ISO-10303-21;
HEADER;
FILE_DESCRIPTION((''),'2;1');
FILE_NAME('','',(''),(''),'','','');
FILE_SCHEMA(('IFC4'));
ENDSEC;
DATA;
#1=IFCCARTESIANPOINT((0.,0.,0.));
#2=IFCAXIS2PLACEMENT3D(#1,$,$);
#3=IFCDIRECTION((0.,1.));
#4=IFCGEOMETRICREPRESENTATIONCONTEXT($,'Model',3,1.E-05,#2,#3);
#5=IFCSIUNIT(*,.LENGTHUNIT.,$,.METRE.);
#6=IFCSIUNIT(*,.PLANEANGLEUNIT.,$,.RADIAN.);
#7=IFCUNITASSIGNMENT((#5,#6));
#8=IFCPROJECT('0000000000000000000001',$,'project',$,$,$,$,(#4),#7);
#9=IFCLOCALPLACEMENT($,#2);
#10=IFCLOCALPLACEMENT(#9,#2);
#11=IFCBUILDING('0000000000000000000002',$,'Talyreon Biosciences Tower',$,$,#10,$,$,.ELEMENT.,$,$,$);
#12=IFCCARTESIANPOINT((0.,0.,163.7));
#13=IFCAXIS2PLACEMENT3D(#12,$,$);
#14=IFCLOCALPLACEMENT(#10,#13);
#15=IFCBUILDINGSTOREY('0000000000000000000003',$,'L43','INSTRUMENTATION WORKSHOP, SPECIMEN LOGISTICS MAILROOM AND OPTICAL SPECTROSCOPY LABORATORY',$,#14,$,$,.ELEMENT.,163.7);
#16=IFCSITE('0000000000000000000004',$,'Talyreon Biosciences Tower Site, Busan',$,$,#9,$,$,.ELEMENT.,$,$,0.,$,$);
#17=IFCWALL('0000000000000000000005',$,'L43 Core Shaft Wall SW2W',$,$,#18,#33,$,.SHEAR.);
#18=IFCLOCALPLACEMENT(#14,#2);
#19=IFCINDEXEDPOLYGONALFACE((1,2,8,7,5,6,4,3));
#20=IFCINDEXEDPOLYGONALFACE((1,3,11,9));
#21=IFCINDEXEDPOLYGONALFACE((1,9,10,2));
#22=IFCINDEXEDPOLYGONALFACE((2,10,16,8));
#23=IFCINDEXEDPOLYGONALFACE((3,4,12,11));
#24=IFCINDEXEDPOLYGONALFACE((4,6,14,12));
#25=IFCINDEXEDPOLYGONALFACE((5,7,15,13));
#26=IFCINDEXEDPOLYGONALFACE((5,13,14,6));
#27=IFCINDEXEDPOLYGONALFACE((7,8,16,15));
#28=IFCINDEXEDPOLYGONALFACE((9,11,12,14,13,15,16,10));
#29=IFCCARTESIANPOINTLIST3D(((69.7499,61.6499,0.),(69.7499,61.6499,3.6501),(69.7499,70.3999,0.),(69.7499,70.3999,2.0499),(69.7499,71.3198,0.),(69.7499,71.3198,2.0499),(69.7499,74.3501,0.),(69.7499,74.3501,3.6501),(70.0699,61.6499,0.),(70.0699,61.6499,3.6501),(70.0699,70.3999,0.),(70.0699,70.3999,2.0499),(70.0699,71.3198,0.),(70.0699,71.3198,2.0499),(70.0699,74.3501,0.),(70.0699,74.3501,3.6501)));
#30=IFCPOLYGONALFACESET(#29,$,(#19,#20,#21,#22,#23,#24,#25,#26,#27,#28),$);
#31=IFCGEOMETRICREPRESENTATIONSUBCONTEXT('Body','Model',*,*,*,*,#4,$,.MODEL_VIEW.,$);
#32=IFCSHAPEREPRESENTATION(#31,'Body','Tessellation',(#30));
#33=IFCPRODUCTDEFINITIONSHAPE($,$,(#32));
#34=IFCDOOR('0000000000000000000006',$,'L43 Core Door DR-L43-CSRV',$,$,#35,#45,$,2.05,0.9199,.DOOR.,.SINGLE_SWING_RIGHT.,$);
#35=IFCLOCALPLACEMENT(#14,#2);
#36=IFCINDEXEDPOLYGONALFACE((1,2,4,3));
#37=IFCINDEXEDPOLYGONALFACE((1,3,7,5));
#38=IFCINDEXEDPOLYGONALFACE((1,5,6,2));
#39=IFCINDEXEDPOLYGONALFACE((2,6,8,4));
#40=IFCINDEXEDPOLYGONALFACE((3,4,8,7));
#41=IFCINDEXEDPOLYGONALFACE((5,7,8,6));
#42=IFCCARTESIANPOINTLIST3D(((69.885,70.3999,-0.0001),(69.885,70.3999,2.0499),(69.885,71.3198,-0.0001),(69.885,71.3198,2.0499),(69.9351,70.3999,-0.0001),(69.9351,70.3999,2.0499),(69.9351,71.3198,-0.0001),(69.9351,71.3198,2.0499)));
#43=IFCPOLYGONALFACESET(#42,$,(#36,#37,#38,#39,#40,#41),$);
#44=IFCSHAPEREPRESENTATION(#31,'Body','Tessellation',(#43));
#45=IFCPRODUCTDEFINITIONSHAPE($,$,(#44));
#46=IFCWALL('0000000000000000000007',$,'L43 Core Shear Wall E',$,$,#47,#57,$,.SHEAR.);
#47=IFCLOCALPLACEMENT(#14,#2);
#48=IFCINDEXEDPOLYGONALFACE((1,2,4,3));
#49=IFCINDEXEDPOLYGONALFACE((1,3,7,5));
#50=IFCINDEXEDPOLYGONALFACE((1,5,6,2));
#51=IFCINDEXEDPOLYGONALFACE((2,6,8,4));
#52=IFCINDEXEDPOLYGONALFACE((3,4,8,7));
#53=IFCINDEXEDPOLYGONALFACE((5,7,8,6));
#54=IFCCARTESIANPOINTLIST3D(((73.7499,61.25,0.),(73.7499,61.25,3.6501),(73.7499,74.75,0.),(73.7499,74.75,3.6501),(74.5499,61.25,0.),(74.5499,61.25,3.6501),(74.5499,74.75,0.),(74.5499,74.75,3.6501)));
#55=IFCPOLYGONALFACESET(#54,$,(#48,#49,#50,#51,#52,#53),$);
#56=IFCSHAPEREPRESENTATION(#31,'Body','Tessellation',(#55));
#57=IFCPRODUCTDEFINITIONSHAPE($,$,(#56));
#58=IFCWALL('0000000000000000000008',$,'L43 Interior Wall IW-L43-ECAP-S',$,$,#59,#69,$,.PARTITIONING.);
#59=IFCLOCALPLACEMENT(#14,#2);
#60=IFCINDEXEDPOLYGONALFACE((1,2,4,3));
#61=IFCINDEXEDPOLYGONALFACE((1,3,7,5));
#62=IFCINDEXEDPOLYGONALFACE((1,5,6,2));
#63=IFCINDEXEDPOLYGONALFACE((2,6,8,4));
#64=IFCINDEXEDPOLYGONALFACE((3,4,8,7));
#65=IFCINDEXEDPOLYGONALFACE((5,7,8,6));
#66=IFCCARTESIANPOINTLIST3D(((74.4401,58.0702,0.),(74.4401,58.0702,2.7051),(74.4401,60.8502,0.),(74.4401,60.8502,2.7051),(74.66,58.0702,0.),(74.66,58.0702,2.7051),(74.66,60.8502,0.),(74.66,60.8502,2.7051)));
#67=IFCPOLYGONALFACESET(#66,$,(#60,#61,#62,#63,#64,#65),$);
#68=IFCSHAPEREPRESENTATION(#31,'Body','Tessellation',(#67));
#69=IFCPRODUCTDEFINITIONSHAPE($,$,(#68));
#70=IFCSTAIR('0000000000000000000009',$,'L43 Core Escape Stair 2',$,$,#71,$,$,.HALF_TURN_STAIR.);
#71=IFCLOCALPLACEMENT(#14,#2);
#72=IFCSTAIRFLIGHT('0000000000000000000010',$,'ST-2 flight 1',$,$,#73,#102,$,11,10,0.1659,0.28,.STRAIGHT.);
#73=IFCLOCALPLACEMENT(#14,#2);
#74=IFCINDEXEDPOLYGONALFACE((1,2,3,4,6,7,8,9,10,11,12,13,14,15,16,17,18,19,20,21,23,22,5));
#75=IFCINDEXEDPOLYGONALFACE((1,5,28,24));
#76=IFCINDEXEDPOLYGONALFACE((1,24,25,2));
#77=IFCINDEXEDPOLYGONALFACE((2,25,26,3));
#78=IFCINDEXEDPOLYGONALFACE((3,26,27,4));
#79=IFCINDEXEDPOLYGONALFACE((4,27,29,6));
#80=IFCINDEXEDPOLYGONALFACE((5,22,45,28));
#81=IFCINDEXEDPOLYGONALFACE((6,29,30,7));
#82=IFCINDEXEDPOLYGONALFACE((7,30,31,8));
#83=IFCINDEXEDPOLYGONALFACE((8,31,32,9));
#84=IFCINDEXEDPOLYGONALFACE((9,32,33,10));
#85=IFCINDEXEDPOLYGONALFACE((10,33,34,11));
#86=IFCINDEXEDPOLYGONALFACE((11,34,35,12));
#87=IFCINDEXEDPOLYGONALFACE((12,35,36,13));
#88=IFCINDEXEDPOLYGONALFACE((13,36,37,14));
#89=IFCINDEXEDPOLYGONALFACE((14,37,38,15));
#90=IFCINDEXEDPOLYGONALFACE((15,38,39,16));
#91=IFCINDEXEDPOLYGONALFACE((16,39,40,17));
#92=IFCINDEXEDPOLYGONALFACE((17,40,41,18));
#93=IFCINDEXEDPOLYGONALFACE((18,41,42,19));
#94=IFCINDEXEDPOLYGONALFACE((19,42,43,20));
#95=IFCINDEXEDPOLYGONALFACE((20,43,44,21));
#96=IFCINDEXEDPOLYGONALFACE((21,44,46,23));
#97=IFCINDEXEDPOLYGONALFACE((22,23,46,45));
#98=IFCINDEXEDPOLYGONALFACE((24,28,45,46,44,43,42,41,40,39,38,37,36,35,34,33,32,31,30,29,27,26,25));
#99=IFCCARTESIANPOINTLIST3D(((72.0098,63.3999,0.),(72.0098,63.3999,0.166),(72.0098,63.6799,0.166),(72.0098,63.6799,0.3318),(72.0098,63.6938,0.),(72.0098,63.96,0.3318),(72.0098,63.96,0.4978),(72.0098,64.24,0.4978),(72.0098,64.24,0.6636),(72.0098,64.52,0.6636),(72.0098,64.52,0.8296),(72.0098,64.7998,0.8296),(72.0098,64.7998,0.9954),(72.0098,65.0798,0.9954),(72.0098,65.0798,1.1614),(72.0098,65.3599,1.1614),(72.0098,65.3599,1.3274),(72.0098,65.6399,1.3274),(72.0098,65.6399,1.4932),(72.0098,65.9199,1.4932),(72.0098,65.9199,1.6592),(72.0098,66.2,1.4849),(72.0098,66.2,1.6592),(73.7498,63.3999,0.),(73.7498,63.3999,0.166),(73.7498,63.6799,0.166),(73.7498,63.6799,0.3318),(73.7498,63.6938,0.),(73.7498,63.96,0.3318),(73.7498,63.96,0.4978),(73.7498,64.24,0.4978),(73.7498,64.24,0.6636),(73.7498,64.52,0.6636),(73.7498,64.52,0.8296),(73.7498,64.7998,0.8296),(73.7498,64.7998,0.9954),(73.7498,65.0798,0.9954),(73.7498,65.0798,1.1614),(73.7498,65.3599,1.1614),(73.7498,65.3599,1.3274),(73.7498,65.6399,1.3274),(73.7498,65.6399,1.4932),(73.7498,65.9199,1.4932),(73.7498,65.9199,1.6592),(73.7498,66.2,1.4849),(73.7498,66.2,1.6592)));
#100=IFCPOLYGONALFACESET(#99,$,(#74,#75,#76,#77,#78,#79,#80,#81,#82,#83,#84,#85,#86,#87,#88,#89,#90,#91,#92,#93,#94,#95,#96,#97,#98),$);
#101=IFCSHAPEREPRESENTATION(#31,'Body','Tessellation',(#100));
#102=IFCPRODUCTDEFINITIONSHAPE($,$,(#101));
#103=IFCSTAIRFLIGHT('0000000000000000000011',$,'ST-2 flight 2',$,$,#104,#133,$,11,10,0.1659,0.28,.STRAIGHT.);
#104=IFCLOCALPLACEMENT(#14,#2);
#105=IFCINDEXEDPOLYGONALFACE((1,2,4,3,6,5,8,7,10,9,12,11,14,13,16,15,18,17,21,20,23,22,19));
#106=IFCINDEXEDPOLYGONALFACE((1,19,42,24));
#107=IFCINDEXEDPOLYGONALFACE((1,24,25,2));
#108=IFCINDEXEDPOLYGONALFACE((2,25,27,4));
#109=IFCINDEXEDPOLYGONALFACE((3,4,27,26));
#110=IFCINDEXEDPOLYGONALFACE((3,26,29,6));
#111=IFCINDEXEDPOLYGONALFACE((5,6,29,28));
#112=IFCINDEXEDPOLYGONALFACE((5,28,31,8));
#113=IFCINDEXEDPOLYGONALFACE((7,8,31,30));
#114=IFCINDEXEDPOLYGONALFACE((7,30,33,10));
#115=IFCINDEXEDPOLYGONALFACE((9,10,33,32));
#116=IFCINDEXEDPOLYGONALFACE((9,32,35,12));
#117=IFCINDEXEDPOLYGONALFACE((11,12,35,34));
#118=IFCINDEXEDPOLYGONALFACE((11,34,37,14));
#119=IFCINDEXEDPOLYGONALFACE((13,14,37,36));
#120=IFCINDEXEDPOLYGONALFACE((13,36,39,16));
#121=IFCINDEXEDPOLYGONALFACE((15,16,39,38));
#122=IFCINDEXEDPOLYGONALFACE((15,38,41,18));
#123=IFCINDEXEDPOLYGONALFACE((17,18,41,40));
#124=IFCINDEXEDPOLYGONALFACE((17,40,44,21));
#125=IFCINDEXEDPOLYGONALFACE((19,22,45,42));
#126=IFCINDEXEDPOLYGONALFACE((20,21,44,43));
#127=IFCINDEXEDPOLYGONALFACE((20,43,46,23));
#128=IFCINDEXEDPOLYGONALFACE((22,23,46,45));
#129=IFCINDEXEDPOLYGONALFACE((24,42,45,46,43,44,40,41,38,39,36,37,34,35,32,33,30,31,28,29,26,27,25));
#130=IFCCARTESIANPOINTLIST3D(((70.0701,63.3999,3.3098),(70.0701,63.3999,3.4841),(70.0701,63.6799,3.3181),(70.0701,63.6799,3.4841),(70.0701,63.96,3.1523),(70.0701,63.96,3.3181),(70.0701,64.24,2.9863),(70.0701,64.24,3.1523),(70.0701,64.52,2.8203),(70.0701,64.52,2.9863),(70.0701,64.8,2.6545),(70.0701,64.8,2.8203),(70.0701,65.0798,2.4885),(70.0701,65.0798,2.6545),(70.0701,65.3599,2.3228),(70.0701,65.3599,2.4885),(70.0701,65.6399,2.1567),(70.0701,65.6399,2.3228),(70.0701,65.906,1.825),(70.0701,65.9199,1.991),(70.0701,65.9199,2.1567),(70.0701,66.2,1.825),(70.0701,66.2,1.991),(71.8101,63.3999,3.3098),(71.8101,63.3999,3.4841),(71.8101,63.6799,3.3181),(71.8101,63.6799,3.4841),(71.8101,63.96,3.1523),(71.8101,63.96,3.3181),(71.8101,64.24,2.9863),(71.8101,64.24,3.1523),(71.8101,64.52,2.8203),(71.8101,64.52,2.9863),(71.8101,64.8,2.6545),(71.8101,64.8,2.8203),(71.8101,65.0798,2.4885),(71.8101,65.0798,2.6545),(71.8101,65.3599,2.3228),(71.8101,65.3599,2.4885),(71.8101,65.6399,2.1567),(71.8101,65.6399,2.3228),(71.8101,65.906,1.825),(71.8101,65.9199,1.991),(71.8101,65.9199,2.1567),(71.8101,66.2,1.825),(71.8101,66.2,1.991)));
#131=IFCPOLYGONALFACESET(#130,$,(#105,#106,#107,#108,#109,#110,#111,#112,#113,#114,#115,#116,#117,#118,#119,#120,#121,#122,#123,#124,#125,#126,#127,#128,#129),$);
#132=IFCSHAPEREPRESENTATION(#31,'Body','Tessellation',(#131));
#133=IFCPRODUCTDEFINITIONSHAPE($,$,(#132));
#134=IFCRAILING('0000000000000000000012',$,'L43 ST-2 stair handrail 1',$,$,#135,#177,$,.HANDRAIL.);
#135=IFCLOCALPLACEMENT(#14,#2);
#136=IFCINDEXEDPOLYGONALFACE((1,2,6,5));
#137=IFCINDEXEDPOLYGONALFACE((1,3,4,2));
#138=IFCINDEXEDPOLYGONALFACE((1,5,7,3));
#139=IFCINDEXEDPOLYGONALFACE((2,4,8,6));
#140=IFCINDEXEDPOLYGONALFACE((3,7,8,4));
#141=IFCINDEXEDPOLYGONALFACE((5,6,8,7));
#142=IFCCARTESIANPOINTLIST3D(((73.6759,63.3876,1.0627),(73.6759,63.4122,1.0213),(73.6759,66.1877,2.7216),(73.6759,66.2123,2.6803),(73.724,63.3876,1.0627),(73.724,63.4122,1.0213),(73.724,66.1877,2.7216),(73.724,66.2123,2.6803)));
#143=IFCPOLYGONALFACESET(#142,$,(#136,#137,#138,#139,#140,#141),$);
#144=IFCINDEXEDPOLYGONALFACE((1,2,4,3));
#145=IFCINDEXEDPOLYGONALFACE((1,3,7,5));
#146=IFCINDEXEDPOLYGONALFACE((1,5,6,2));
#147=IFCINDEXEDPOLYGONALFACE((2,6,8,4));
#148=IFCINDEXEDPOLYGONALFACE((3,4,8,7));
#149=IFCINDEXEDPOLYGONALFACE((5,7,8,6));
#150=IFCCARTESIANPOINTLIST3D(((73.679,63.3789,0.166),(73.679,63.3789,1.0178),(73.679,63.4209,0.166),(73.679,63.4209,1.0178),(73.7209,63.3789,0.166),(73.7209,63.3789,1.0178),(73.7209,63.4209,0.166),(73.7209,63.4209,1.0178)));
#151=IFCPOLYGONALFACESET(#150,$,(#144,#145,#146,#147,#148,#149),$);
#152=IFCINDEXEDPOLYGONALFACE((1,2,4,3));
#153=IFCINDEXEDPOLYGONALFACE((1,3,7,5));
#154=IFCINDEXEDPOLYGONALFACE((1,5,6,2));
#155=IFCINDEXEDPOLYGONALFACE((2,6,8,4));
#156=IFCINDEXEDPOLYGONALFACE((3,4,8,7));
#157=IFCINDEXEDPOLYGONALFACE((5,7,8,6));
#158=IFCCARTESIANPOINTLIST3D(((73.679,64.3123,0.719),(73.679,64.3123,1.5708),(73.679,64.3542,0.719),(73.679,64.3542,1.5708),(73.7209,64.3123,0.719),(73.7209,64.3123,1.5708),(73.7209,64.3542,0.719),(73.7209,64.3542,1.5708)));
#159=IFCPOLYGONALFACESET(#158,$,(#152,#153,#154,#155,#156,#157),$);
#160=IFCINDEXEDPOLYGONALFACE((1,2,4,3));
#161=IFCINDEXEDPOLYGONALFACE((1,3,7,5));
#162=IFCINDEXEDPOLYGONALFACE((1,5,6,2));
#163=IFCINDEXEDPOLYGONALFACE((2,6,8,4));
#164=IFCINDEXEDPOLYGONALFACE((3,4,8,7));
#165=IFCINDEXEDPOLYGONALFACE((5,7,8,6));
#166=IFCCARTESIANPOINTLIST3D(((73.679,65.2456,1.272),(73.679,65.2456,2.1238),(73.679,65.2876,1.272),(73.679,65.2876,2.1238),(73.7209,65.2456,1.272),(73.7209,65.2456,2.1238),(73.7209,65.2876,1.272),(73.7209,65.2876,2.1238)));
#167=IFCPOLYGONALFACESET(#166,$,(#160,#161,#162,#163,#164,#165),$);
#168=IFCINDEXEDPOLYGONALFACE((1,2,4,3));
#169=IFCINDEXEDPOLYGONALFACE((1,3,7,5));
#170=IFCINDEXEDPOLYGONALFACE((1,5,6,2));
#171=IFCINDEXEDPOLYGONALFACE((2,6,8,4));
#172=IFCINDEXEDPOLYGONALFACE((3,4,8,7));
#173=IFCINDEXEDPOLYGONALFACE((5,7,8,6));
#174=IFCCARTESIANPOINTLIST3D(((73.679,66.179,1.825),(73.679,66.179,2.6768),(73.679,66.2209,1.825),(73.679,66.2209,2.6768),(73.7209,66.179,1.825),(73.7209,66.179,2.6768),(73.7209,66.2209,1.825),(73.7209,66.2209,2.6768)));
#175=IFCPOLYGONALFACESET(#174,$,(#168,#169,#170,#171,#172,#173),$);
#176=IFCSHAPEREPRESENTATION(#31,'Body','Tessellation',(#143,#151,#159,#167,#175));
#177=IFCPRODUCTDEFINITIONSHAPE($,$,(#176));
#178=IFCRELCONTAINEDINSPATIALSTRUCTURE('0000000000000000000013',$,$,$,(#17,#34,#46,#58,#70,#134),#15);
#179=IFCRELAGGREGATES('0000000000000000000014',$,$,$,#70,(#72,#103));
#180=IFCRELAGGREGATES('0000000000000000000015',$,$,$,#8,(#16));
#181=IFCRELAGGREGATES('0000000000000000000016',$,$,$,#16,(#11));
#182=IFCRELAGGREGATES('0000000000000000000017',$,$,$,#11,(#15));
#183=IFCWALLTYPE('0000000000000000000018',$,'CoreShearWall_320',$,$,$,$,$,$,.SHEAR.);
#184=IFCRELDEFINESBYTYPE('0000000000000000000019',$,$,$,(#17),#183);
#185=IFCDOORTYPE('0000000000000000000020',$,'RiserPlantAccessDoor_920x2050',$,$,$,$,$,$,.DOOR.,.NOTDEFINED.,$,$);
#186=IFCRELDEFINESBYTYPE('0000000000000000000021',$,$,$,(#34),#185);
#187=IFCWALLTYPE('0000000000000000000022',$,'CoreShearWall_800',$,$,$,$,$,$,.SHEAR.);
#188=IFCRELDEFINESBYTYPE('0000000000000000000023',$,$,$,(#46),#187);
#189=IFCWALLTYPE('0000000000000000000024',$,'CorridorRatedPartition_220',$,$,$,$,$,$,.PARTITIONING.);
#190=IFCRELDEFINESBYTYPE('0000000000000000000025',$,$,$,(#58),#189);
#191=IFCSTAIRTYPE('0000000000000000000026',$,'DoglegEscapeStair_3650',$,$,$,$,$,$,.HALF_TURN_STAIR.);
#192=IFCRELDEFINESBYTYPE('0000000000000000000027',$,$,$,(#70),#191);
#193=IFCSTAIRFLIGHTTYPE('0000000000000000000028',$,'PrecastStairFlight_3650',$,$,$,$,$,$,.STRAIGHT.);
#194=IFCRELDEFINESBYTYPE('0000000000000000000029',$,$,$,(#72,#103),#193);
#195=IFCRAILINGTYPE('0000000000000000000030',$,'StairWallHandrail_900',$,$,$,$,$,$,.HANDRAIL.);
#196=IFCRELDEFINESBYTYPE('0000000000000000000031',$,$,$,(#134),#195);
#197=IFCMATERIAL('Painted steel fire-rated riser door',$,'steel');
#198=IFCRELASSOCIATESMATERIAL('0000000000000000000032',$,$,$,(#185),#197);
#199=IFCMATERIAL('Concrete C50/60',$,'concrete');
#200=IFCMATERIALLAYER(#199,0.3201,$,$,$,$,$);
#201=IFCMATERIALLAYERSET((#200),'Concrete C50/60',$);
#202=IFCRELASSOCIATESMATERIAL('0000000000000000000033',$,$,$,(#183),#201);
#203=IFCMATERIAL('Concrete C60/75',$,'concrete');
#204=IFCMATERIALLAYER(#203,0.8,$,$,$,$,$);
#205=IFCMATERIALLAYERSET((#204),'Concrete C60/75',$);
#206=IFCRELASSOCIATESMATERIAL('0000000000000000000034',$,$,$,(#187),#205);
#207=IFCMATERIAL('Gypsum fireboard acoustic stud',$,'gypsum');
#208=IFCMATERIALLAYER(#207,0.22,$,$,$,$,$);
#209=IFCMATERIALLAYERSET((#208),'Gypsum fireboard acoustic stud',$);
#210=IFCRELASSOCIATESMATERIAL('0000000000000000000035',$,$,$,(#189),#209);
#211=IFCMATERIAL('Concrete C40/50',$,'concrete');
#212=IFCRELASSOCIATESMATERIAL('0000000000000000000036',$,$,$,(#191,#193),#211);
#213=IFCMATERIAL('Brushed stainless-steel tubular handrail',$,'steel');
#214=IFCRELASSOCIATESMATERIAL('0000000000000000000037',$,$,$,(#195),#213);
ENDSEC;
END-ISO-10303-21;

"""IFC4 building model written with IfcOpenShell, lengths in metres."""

from ifc_helpers import new_model, si_unit, direction, frame, frame_2d, origin, origin_2d, place, context, subcontext, project, spatial, polyline, rectangle, outline, extrude, material, layer, layer_set, type_object, element, fill, aggregate, save


model = new_model("IFC4")

# Units and contexts
model_context = context("Model", 3, precision=1e-05, world=origin(), true_north=direction((0.0, 1.0)))
body_context = subcontext(model_context, "Body", "Model", "MODEL_VIEW")
ifc_project = project(units=[si_unit("LENGTHUNIT", "METRE"), si_unit("PLANEANGLEUNIT", "RADIAN")], contexts=[model_context])

# Site, building, storey
site_placement = place(None, origin())
site = spatial("IfcSite", under=ifc_project, at=site_placement, Name="Talyreon Biosciences Tower Site, Busan", CompositionType="ELEMENT", RefElevation=0.0)
building_placement = place(site_placement, origin())
building = spatial("IfcBuilding", under=site, at=building_placement, Name="Talyreon Biosciences Tower", CompositionType="ELEMENT")
storey_placement = place(building_placement, frame((0.0, 0.0, 163.7)))
storey = spatial("IfcBuildingStorey", under=building, at=storey_placement, Name="L43", Description="INSTRUMENTATION WORKSHOP, SPECIMEN LOGISTICS MAILROOM AND OPTICAL SPECTROSCOPY LABORATORY", CompositionType="ELEMENT", Elevation=163.7)

# Shared definitions
ifc_material_1 = material(Name="Concrete C60/75", Category="concrete")
ifc_material_2 = material(Name="Concrete C50/60", Category="concrete")

# Wall, opening, door
ifc_material_3 = material(Name="Painted steel fire-rated riser door", Category="steel")
door_type = type_object("IfcDoorType", Name="RiserPlantAccessDoor_920x2050", OperationType="NOTDEFINED", PredefinedType="DOOR", material=ifc_material_3)
ifc_layer_1 = layer(ifc_material_2, 0.3201)
ifc_layer_set_1 = layer_set([ifc_layer_1], Name="Concrete C50/60")
wall_type_1 = type_object("IfcWallType", Name="CoreShearWall_320", PredefinedType="SHEAR", material=ifc_layer_set_1)
wall_1_placement = place(storey_placement, frame((69.9099, 61.6499, 0.0), z_axis=(0.0, 0.0, 1.0), x_axis=(0.0, 1.0, 0.0)))
wall_1 = element("IfcWall", 1, at=wall_1_placement, inside=storey, type_object=wall_type_1, Name="L43 Core Shaft Wall SW2W", PredefinedType="SHEAR", context=body_context, shape_type="SweptSolid", body=[
    extrude(rectangle(XDim=12.7002, YDim=0.3201, at=frame_2d((6.3501, 0.0))), origin(), (0.0, 0.0, 1.0), 3.6501),
])
opening_1_placement = place(wall_1_placement, frame((8.75, 0.0, 0.0)))
opening_1 = element("IfcOpeningElement", 2, at=opening_1_placement, cuts=wall_1, PredefinedType="OPENING", context=body_context, shape_type="SweptSolid", body=[
    extrude(rectangle(XDim=0.9199, YDim=2.05, at=frame_2d((0.46, 1.0249))), frame((0.0, 0.1699, 0.0), z_axis=(0.0, -1.0, 0.0), x_axis=(1.0, 0.0, 0.0)), (0.0, 0.0, 1.0), 0.3401),
])
door_1_placement = place(opening_1_placement, origin())
door_1 = element("IfcDoor", 3, at=door_1_placement, inside=storey, type_object=door_type, Name="L43 Core Door DR-L43-CSRV", OperationType="SINGLE_SWING_RIGHT", OverallHeight=2.05, OverallWidth=0.9199, PredefinedType="DOOR", context=body_context, shape_type="SweptSolid", body=[
    extrude(rectangle(XDim=0.9199, YDim=2.05, at=frame_2d((0.46, 1.0249))), frame((0.0, 0.0249, 0.0), z_axis=(0.0, -1.0, 0.0), x_axis=(1.0, 0.0, 0.0)), (0.0, 0.0, 1.0), 0.05),
])
fill(opening_1, door_1)

# Walls
ifc_layer_2 = layer(ifc_material_1, 0.8)
ifc_layer_set_2 = layer_set([ifc_layer_2], Name="Concrete C60/75")
wall_type_2 = type_object("IfcWallType", Name="CoreShearWall_800", PredefinedType="SHEAR", material=ifc_layer_set_2)
wall_2_placement = place(storey_placement, frame((74.1499, 61.25, 0.0), z_axis=(0.0, 0.0, 1.0), x_axis=(0.0, 1.0, 0.0)))
element("IfcWall", 4, at=wall_2_placement, inside=storey, type_object=wall_type_2, Name="L43 Core Shear Wall E", PredefinedType="SHEAR", context=body_context, shape_type="SweptSolid", body=[
    extrude(rectangle(XDim=13.5, YDim=0.8, at=frame_2d((6.75, 0.0))), origin(), (0.0, 0.0, 1.0), 3.6501),
])
ifc_material_4 = material(Name="Gypsum fireboard acoustic stud", Category="gypsum")
ifc_layer_3 = layer(ifc_material_4, 0.22)
ifc_layer_set_3 = layer_set([ifc_layer_3], Name="Gypsum fireboard acoustic stud")
wall_type_3 = type_object("IfcWallType", Name="CorridorRatedPartition_220", PredefinedType="PARTITIONING", material=ifc_layer_set_3)
wall_3_placement = place(storey_placement, frame((74.55, 58.0701, 0.0), z_axis=(0.0, 0.0, 1.0), x_axis=(0.0, 1.0, 0.0)))
element("IfcWall", 5, at=wall_3_placement, inside=storey, type_object=wall_type_3, Name="L43 Interior Wall IW-L43-ECAP-S", PredefinedType="PARTITIONING", context=body_context, shape_type="SweptSolid", body=[
    extrude(rectangle(XDim=2.78, YDim=0.22, at=frame_2d((1.3901, 0.0))), origin(), (0.0, 0.0, 1.0), 2.7051),
])

# Stair, stair flights
ifc_material_5 = material(Name="Concrete C40/50", Category="concrete")
stair_type = type_object("IfcStairType", Name="DoglegEscapeStair_3650", PredefinedType="HALF_TURN_STAIR", material=ifc_material_5)
stair_placement = place(storey_placement, origin())
stair = element("IfcStair", 6, at=stair_placement, inside=storey, type_object=stair_type, Name="L43 Core Escape Stair 2", PredefinedType="HALF_TURN_STAIR")
stair_flight_type = type_object("IfcStairFlightType", Name="PrecastStairFlight_3650", PredefinedType="STRAIGHT", material=ifc_material_5)
stair_flight_1_placement = place(storey_placement, frame((72.8799, 63.3999, 0.0), z_axis=(0.0, 0.0, 1.0), x_axis=(0.0, 1.0, 0.0)))
stair_flight_1 = element("IfcStairFlight", 7, at=stair_flight_1_placement, type_object=stair_flight_type, Name="ST-2 flight 1", NumberOfRisers=11, NumberOfTreads=10, PredefinedType="STRAIGHT", RiserHeight=0.1659, TreadLength=0.28, context=body_context, shape_type="SweptSolid", body=[
    extrude(outline(polyline([(0.0, 0.0), (0.0, 0.166), (0.28, 0.166), (0.28, 0.3318), (0.5601, 0.3318), (0.5601, 0.4978), (0.8401, 0.4978), (0.8401, 0.6636), (1.1201, 0.6636), (1.1201, 0.8296), (1.3999, 0.8296), (1.3999, 0.9954), (1.6799, 0.9954), (1.6799, 1.1614), (1.96, 1.1614), (1.96, 1.3274), (2.24, 1.3274), (2.24, 1.4932), (2.52, 1.4932), (2.52, 1.6592), (2.8, 1.6592), (2.8, 1.825), (2.8, 1.4849), (0.2939, 0.0), (0.0, 0.0)])), frame((0.0, 0.8701, 0.0), z_axis=(0.0, -1.0, 0.0), x_axis=(1.0, 0.0, 0.0)), (0.0, 0.0, 1.0), 1.74),
])
stair_flight_2_placement = place(storey_placement, frame((70.9399, 66.2, 1.825), z_axis=(0.0, 0.0, 1.0), x_axis=(0.0, -1.0, 0.0)))
stair_flight_2 = element("IfcStairFlight", 8, at=stair_flight_2_placement, type_object=stair_flight_type, Name="ST-2 flight 2", NumberOfRisers=11, NumberOfTreads=10, PredefinedType="STRAIGHT", RiserHeight=0.1659, TreadLength=0.28, context=body_context, shape_type="SweptSolid", body=[
    extrude(outline(polyline([(0.0, 0.0), (0.0, 0.166), (0.28, 0.166), (0.28, 0.3318), (0.5601, 0.3318), (0.5601, 0.4978), (0.8401, 0.4978), (0.8401, 0.6636), (1.1201, 0.6636), (1.1201, 0.8296), (1.3999, 0.8296), (1.3999, 0.9954), (1.6799, 0.9954), (1.6799, 1.1614), (1.96, 1.1614), (1.96, 1.3274), (2.24, 1.3274), (2.24, 1.4932), (2.52, 1.4932), (2.52, 1.6592), (2.8, 1.6592), (2.8, 1.825), (2.8, 1.4849), (0.2939, 0.0), (0.0, 0.0)])), frame((0.0, 0.8701, 0.0), z_axis=(0.0, -1.0, 0.0), x_axis=(1.0, 0.0, 0.0)), (0.0, 0.0, 1.0), 1.74),
])
aggregate(stair, [stair_flight_1, stair_flight_2])

# Railing
ifc_material_6 = material(Name="Brushed stainless-steel tubular handrail", Category="steel")
railing_type_1 = type_object("IfcRailingType", Name="StairWallHandrail_900", PredefinedType="HANDRAIL", material=ifc_material_6)
railing_1_placement = place(storey_placement, frame((73.7, 63.3999, 0.166)))
element("IfcRailing", 9, at=railing_1_placement, inside=storey, type_object=railing_type_1, Name="L43 ST-2 stair handrail 1", PredefinedType="HANDRAIL", context=body_context, shape_type="SweptSolid", body=[
    extrude(rectangle(XDim=0.0481, YDim=0.0481, at=origin_2d()), frame((0.0, 0.0, 0.876), z_axis=(0.0, 0.860339, 0.509722), x_axis=(-1.0, 0.0, 0.0)), (0.0, 0.0, 1.0), 3.2546),
    extrude(rectangle(XDim=0.042, YDim=0.042, at=origin_2d()), origin(), (0.0, 0.0, 1.0), 0.8518),
    extrude(rectangle(XDim=0.042, YDim=0.042, at=origin_2d()), frame((0.0, 0.9333, 0.553)), (0.0, 0.0, 1.0), 0.8518),
    extrude(rectangle(XDim=0.042, YDim=0.042, at=origin_2d()), frame((0.0, 1.8667, 1.106)), (0.0, 0.0, 1.0), 0.8518),
    extrude(rectangle(XDim=0.042, YDim=0.042, at=origin_2d()), frame((0.0, 2.8, 1.6589)), (0.0, 0.0, 1.0), 0.8518),
])

save(model, "model.ifc")
